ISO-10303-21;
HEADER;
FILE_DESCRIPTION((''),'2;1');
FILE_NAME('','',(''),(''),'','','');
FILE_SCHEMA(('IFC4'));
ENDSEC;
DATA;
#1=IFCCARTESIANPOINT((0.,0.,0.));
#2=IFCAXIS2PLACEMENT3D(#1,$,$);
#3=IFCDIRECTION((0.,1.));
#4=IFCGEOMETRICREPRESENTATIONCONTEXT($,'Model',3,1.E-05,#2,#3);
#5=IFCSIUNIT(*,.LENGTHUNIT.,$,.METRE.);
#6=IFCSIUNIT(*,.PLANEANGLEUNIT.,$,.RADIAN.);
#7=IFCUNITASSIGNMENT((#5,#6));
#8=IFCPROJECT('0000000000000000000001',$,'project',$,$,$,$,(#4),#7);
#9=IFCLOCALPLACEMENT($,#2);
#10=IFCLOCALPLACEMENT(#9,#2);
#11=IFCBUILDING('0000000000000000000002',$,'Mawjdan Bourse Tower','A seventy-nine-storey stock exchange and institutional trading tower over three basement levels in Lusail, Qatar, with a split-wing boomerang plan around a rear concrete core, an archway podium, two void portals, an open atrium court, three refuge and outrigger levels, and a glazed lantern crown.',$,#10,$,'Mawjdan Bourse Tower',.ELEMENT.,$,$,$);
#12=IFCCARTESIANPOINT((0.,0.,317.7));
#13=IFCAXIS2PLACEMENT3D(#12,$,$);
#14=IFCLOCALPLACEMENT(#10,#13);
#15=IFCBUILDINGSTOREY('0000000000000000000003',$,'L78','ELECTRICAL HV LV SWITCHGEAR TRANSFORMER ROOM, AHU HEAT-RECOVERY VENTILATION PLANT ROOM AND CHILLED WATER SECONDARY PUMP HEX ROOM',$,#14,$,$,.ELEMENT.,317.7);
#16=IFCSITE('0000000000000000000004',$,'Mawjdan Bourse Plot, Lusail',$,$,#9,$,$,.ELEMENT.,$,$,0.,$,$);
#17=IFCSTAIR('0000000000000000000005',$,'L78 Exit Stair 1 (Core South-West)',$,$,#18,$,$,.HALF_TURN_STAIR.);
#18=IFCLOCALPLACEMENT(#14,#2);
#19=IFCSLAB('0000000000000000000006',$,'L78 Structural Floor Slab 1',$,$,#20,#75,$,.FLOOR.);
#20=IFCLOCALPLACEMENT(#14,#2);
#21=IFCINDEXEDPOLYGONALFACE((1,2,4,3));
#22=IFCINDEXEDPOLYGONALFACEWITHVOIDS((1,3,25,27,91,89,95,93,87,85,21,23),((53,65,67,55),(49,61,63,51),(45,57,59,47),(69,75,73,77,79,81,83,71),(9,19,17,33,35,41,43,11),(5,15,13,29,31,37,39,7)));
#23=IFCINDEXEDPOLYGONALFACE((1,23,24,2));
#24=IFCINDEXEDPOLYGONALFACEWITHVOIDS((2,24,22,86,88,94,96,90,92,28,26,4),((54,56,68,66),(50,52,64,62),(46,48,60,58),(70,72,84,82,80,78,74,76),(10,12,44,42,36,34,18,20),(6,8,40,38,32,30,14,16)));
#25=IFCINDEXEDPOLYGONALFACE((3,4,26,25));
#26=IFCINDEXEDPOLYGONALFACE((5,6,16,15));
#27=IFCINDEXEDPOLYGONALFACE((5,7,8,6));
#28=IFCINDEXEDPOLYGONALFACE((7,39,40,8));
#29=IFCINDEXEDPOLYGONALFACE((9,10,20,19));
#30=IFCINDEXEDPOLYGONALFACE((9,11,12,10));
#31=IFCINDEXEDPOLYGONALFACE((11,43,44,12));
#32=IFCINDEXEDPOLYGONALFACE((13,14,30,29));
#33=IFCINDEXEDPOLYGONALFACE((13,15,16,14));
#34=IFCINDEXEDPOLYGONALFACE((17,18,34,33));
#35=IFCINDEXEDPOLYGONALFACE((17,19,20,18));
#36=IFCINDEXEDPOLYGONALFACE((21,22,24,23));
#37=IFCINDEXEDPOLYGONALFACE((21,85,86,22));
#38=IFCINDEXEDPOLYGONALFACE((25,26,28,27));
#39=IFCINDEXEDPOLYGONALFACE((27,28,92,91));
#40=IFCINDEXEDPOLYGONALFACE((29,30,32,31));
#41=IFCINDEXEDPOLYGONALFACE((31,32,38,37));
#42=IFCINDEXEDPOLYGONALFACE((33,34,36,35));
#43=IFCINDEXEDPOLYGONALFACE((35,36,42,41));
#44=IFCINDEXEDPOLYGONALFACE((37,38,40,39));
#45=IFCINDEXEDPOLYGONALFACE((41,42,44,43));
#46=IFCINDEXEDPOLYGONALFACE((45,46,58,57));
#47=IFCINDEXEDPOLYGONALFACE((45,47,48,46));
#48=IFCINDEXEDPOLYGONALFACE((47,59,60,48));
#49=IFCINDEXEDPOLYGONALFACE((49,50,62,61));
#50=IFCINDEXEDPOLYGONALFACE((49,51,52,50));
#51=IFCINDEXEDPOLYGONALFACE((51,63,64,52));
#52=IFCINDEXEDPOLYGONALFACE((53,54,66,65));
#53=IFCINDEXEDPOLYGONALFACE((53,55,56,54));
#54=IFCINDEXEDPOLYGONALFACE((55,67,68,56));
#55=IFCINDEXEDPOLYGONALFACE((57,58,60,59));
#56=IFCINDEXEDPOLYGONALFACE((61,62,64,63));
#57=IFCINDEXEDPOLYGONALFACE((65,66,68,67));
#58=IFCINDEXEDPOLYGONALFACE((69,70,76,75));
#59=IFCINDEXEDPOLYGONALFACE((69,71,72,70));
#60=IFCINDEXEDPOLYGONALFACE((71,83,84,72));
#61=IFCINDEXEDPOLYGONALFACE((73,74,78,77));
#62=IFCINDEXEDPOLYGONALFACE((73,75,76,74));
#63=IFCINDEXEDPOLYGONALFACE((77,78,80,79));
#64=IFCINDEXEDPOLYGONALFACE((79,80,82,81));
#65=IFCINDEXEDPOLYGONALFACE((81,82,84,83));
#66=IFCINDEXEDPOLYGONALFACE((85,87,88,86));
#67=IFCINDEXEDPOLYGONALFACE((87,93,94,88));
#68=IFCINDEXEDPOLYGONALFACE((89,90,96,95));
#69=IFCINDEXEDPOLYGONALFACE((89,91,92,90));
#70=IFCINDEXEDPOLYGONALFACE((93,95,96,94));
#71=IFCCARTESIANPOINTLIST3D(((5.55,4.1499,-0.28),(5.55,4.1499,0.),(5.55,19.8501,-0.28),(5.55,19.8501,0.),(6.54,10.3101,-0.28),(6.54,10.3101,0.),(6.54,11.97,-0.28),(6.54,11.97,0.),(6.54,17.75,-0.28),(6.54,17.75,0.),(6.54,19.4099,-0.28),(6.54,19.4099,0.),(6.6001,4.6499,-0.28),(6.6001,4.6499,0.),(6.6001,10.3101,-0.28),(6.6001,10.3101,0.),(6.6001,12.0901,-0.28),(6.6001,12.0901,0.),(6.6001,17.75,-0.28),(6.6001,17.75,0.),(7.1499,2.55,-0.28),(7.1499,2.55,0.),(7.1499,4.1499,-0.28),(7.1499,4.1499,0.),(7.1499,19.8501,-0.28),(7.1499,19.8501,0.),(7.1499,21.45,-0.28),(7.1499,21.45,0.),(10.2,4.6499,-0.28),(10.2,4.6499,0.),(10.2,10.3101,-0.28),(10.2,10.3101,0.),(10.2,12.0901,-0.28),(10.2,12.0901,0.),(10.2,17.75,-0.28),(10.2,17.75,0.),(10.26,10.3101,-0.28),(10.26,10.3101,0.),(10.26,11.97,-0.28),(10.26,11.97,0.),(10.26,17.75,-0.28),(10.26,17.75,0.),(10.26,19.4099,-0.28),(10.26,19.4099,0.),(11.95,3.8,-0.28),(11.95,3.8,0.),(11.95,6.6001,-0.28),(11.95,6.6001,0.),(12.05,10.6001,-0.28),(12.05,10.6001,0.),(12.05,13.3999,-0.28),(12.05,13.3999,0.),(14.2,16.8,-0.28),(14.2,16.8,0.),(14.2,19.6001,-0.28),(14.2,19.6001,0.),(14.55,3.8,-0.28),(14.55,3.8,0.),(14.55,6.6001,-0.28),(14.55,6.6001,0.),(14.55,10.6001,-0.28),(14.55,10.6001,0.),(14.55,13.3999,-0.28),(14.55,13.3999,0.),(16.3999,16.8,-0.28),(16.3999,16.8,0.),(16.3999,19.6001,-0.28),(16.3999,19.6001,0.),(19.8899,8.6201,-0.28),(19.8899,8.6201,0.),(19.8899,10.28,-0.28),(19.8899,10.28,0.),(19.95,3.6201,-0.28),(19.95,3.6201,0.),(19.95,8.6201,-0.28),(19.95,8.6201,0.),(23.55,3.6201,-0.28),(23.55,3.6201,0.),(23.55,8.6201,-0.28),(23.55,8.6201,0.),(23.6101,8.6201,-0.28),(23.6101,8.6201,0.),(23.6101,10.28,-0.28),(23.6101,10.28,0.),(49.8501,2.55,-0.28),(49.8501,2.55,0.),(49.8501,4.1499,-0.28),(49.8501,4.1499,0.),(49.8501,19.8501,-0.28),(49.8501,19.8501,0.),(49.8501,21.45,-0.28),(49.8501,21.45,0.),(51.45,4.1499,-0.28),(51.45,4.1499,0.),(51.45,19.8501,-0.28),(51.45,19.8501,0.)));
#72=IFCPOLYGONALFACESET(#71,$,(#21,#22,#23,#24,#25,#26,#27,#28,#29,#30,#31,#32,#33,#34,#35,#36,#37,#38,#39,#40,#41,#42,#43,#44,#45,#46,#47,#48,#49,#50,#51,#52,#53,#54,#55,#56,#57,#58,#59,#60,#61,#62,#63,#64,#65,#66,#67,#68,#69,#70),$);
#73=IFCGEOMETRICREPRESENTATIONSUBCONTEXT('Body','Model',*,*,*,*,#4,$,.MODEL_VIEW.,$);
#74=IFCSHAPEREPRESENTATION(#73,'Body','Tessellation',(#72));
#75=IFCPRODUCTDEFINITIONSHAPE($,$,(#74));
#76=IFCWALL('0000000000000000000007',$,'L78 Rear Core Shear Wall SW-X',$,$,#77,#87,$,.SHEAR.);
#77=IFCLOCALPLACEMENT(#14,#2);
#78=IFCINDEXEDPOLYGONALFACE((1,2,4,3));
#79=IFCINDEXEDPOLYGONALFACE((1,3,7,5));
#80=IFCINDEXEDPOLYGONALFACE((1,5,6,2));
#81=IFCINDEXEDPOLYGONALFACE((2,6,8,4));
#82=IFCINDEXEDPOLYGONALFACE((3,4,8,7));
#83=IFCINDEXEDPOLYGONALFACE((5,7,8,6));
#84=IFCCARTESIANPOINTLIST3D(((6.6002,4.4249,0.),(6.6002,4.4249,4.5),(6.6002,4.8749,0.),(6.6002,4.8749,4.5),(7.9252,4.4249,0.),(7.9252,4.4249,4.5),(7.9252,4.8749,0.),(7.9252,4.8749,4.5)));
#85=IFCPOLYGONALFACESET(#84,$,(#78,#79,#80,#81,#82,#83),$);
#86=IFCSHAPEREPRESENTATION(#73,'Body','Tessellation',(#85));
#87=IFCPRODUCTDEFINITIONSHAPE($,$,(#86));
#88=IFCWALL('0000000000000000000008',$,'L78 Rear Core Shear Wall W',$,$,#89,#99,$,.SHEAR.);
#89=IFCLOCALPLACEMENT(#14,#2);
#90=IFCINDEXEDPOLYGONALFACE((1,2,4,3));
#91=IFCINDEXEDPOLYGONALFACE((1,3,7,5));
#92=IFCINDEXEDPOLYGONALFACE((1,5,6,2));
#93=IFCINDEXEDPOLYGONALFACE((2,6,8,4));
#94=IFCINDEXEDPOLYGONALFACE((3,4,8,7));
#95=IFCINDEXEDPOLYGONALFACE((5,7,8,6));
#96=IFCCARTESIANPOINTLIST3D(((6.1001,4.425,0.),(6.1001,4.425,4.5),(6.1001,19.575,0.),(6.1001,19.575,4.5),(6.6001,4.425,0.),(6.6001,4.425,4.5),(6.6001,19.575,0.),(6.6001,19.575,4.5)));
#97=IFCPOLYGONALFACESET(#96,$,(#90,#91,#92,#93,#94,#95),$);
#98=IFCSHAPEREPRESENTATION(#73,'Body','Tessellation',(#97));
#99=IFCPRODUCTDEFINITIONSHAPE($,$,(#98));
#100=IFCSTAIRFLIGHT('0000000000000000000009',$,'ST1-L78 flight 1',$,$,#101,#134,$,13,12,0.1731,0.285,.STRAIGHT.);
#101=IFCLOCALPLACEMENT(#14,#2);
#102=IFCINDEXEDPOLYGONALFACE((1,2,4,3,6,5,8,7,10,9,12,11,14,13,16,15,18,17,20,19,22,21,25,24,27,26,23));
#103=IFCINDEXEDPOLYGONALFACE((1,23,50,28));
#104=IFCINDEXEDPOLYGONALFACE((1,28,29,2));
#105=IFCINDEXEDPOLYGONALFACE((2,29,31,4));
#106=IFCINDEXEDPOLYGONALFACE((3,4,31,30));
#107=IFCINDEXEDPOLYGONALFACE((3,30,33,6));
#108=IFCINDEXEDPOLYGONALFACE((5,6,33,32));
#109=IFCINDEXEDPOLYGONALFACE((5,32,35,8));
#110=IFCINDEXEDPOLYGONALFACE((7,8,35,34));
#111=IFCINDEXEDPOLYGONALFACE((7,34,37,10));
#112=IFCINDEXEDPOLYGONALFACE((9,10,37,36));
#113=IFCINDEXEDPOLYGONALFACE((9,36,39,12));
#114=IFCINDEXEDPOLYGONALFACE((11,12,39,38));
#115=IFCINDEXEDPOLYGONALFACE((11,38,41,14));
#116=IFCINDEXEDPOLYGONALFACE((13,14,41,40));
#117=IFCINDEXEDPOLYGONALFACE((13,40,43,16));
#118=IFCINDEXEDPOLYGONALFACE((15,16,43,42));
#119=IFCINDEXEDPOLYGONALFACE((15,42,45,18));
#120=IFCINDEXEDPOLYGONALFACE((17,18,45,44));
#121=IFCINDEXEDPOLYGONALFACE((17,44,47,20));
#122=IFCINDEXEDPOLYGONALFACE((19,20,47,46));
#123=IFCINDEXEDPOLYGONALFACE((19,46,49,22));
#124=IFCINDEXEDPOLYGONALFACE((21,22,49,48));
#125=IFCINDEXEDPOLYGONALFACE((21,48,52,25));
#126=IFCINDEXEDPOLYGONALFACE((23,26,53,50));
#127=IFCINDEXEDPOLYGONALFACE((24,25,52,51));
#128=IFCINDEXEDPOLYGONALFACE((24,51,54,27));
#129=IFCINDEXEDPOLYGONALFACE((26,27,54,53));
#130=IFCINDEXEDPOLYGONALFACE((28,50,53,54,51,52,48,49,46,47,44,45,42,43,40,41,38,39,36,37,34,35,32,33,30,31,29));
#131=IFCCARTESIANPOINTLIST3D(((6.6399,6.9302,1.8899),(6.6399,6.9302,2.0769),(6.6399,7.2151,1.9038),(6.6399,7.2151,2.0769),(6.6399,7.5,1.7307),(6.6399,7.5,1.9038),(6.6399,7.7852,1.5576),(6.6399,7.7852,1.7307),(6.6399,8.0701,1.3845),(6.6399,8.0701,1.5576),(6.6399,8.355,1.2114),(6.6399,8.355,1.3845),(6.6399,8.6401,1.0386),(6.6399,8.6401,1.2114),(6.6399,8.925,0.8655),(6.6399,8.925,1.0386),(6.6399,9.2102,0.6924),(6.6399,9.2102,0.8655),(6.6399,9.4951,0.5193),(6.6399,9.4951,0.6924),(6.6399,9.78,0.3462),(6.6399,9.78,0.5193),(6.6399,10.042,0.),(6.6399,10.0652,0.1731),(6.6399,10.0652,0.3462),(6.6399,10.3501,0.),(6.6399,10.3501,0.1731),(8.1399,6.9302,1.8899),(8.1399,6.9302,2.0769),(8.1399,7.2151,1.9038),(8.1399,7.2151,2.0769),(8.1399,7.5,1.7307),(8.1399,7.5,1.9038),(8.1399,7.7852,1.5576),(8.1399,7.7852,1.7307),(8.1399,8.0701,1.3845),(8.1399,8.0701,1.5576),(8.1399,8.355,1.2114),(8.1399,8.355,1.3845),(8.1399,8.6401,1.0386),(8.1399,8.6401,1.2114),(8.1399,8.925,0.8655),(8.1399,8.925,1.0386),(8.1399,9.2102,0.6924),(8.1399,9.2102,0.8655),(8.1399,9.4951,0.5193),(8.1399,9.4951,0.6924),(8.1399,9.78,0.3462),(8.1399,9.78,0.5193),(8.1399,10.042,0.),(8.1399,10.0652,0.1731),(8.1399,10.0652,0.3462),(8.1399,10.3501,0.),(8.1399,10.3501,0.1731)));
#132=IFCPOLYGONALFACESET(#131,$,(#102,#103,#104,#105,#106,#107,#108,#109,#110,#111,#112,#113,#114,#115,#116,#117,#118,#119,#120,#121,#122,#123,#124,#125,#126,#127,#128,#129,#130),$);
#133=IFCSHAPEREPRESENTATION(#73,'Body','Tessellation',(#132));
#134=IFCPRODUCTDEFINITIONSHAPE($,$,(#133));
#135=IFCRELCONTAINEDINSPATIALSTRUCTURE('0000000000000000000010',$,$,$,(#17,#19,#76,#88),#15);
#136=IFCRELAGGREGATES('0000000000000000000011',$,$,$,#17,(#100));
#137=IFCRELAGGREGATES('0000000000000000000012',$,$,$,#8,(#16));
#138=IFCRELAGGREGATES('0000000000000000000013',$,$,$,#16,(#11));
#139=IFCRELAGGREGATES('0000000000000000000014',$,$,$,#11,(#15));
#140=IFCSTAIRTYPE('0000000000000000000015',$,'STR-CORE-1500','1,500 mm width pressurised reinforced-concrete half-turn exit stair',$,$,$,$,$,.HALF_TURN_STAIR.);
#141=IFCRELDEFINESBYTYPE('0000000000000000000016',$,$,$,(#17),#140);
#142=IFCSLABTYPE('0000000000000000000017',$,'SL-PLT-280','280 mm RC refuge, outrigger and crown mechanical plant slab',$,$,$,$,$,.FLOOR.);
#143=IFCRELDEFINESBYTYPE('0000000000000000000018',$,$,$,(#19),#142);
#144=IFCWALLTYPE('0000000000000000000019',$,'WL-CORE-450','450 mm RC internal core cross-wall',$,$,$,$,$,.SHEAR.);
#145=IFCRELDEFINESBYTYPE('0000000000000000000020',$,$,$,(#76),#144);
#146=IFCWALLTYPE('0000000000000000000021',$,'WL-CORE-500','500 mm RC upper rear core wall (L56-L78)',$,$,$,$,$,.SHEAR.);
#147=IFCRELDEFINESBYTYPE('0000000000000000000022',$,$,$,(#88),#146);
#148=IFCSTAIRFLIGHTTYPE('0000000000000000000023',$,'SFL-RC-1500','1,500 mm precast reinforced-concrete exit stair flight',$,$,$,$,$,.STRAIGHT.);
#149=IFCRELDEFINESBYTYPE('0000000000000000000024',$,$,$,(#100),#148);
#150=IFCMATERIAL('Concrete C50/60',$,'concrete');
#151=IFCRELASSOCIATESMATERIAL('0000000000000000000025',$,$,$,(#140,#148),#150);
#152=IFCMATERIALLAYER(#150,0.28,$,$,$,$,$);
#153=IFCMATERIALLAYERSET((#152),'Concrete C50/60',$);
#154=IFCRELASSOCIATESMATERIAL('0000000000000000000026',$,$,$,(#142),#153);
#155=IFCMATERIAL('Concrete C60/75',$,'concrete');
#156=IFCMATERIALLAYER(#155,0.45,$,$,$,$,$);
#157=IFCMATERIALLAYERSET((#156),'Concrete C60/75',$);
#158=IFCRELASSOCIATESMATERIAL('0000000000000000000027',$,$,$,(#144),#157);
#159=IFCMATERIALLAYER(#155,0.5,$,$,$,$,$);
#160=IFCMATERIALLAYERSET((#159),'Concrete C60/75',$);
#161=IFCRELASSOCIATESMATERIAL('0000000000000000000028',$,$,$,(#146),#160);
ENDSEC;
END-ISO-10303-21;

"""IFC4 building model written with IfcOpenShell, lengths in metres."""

from ifc_helpers import new_model, si_unit, direction, frame, frame_2d, origin, place, context, subcontext, project, spatial, polyline, rectangle, outline, extrude, material, layer, layer_set, type_object, element, aggregate, save


model = new_model("IFC4")

# Units and contexts
model_context = context("Model", 3, precision=1e-05, world=origin(), true_north=direction((0.0, 1.0)))
body_context = subcontext(model_context, "Body", "Model", "MODEL_VIEW")
ifc_project = project(units=[si_unit("LENGTHUNIT", "METRE"), si_unit("PLANEANGLEUNIT", "RADIAN")], contexts=[model_context])

# Site, building, storey
site_placement = place(None, origin())
site = spatial("IfcSite", under=ifc_project, at=site_placement, Name="Mawjdan Bourse Plot, Lusail", CompositionType="ELEMENT", RefElevation=0.0)
building_placement = place(site_placement, origin())
building = spatial("IfcBuilding", under=site, at=building_placement, Name="Mawjdan Bourse Tower", Description="A seventy-nine-storey stock exchange and institutional trading tower over three basement levels in Lusail, Qatar, with a split-wing boomerang plan around a rear concrete core, an archway podium, two void portals, an open atrium court, three refuge and outrigger levels, and a glazed lantern crown.", LongName="Mawjdan Bourse Tower", CompositionType="ELEMENT")
storey_placement = place(building_placement, frame((0.0, 0.0, 317.7)))
storey = spatial("IfcBuildingStorey", under=building, at=storey_placement, Name="L78", Description="ELECTRICAL HV LV SWITCHGEAR TRANSFORMER ROOM, AHU HEAT-RECOVERY VENTILATION PLANT ROOM AND CHILLED WATER SECONDARY PUMP HEX ROOM", CompositionType="ELEMENT", Elevation=317.7)

# Stair
ifc_material_1 = material(Name="Concrete C50/60", Category="concrete")
stair_type = type_object("IfcStairType", Name="STR-CORE-1500", Description="1,500 mm width pressurised reinforced-concrete half-turn exit stair", PredefinedType="HALF_TURN_STAIR", material=ifc_material_1)
stair_1_placement = place(storey_placement, origin())
stair_1 = element("IfcStair", 1, at=stair_1_placement, inside=storey, type_object=stair_type, Name="L78 Exit Stair 1 (Core South-West)", PredefinedType="HALF_TURN_STAIR")

# Slab
ifc_layer_1 = layer(ifc_material_1, 0.28)
ifc_layer_set_1 = layer_set([ifc_layer_1], Name="Concrete C50/60")
slab_type_1 = type_object("IfcSlabType", Name="SL-PLT-280", Description="280 mm RC refuge, outrigger and crown mechanical plant slab", PredefinedType="FLOOR", material=ifc_layer_set_1)
slab_1_placement = place(storey_placement, frame((0.0, 0.0, -0.28)))
element("IfcSlab", 2, at=slab_1_placement, inside=storey, type_object=slab_type_1, Name="L78 Structural Floor Slab 1", PredefinedType="FLOOR", context=body_context, shape_type="SweptSolid", body=[
    extrude(outline(polyline([(7.1499, 2.55), (49.8501, 2.55), (49.8501, 4.1499), (51.45, 4.1499), (51.45, 19.8501), (49.8501, 19.8501), (49.8501, 21.45), (7.1499, 21.45), (7.1499, 19.8501), (5.55, 19.8501), (5.55, 4.1499), (7.1499, 4.1499), (7.1499, 2.55)]), holes=[polyline([(14.55, 3.8), (11.95, 3.8), (11.95, 6.6001), (14.55, 6.6001), (14.55, 3.8)]), polyline([(19.95, 3.6201), (19.95, 8.6201), (19.8899, 8.6201), (19.8899, 10.28), (23.6101, 10.28), (23.6101, 8.6201), (23.55, 8.6201), (23.55, 3.6201), (19.95, 3.6201)]), polyline([(10.2, 4.6499), (6.6001, 4.6499), (6.6001, 10.3101), (6.54, 10.3101), (6.54, 11.97), (10.26, 11.97), (10.26, 10.3101), (10.2, 10.3101), (10.2, 4.6499)]), polyline([(14.55, 10.6001), (12.05, 10.6001), (12.05, 13.3999), (14.55, 13.3999), (14.55, 10.6001)]), polyline([(6.54, 19.4099), (10.26, 19.4099), (10.26, 17.75), (10.2, 17.75), (10.2, 12.0901), (6.6001, 12.0901), (6.6001, 17.75), (6.54, 17.75), (6.54, 19.4099)]), polyline([(14.2, 16.8), (14.2, 19.6001), (16.3999, 19.6001), (16.3999, 16.8), (14.2, 16.8)])]), origin(), (0.0, 0.0, 1.0), 0.28),
])

# Walls
ifc_material_2 = material(Name="Concrete C60/75", Category="concrete")
ifc_layer_2 = layer(ifc_material_2, 0.45)
ifc_layer_set_2 = layer_set([ifc_layer_2], Name="Concrete C60/75")
wall_type_1 = type_object("IfcWallType", Name="WL-CORE-450", Description="450 mm RC internal core cross-wall", PredefinedType="SHEAR", material=ifc_layer_set_2)
wall_1_placement = place(storey_placement, frame((6.6001, 4.6499, 0.0), z_axis=(0.0, 0.0, 1.0), x_axis=(1.0, 0.0, 0.0)))
element("IfcWall", 3, at=wall_1_placement, inside=storey, type_object=wall_type_1, Name="L78 Rear Core Shear Wall SW-X", PredefinedType="SHEAR", context=body_context, shape_type="SweptSolid", body=[
    extrude(rectangle(XDim=1.325, YDim=0.45, at=frame_2d((0.6626, 0.0))), origin(), (0.0, 0.0, 1.0), 4.5),
])
ifc_layer_3 = layer(ifc_material_2, 0.5)
ifc_layer_set_3 = layer_set([ifc_layer_3], Name="Concrete C60/75")
wall_type_2 = type_object("IfcWallType", Name="WL-CORE-500", Description="500 mm RC upper rear core wall (L56-L78)", PredefinedType="SHEAR", material=ifc_layer_set_3)
wall_2_placement = place(storey_placement, frame((6.3501, 4.425, 0.0), z_axis=(0.0, 0.0, 1.0), x_axis=(0.0, 1.0, 0.0)))
element("IfcWall", 4, at=wall_2_placement, inside=storey, type_object=wall_type_2, Name="L78 Rear Core Shear Wall W", PredefinedType="SHEAR", context=body_context, shape_type="SweptSolid", body=[
    extrude(rectangle(XDim=15.1499, YDim=0.5, at=frame_2d((7.575, 0.0))), origin(), (0.0, 0.0, 1.0), 4.5),
])

# Stair flight
stair_flight_type = type_object("IfcStairFlightType", Name="SFL-RC-1500", Description="1,500 mm precast reinforced-concrete exit stair flight", PredefinedType="STRAIGHT", material=ifc_material_1)
stair_flight_placement = place(storey_placement, frame((7.3899, 10.3501, 0.0), z_axis=(0.0, 0.0, 1.0), x_axis=(0.0, -1.0, 0.0)))
stair_flight = element("IfcStairFlight", 5, at=stair_flight_placement, type_object=stair_flight_type, Name="ST1-L78 flight 1", NumberOfRisers=13, NumberOfTreads=12, PredefinedType="STRAIGHT", RiserHeight=0.1731, TreadLength=0.285, context=body_context, shape_type="SweptSolid", body=[
    extrude(outline(polyline([(0.0, 0.0), (0.0, 0.1731), (0.2849, 0.1731), (0.2849, 0.3462), (0.5701, 0.3462), (0.5701, 0.5193), (0.855, 0.5193), (0.855, 0.6924), (1.1399, 0.6924), (1.1399, 0.8655), (1.425, 0.8655), (1.425, 1.0386), (1.71, 1.0386), (1.71, 1.2114), (1.9951, 1.2114), (1.9951, 1.3845), (2.28, 1.3845), (2.28, 1.5576), (2.5649, 1.5576), (2.5649, 1.7307), (2.8501, 1.7307), (2.8501, 1.9038), (3.135, 1.9038), (3.135, 2.0769), (3.4199, 2.0769), (3.4199, 2.25), (3.4199, 1.8899), (0.3081, 0.0), (0.0, 0.0)])), frame((0.0, 0.75, 0.0), z_axis=(0.0, -1.0, 0.0), x_axis=(1.0, 0.0, 0.0)), (0.0, 0.0, 1.0), 1.5),
])
aggregate(stair_1, [stair_flight])

save(model, "model.ifc")
